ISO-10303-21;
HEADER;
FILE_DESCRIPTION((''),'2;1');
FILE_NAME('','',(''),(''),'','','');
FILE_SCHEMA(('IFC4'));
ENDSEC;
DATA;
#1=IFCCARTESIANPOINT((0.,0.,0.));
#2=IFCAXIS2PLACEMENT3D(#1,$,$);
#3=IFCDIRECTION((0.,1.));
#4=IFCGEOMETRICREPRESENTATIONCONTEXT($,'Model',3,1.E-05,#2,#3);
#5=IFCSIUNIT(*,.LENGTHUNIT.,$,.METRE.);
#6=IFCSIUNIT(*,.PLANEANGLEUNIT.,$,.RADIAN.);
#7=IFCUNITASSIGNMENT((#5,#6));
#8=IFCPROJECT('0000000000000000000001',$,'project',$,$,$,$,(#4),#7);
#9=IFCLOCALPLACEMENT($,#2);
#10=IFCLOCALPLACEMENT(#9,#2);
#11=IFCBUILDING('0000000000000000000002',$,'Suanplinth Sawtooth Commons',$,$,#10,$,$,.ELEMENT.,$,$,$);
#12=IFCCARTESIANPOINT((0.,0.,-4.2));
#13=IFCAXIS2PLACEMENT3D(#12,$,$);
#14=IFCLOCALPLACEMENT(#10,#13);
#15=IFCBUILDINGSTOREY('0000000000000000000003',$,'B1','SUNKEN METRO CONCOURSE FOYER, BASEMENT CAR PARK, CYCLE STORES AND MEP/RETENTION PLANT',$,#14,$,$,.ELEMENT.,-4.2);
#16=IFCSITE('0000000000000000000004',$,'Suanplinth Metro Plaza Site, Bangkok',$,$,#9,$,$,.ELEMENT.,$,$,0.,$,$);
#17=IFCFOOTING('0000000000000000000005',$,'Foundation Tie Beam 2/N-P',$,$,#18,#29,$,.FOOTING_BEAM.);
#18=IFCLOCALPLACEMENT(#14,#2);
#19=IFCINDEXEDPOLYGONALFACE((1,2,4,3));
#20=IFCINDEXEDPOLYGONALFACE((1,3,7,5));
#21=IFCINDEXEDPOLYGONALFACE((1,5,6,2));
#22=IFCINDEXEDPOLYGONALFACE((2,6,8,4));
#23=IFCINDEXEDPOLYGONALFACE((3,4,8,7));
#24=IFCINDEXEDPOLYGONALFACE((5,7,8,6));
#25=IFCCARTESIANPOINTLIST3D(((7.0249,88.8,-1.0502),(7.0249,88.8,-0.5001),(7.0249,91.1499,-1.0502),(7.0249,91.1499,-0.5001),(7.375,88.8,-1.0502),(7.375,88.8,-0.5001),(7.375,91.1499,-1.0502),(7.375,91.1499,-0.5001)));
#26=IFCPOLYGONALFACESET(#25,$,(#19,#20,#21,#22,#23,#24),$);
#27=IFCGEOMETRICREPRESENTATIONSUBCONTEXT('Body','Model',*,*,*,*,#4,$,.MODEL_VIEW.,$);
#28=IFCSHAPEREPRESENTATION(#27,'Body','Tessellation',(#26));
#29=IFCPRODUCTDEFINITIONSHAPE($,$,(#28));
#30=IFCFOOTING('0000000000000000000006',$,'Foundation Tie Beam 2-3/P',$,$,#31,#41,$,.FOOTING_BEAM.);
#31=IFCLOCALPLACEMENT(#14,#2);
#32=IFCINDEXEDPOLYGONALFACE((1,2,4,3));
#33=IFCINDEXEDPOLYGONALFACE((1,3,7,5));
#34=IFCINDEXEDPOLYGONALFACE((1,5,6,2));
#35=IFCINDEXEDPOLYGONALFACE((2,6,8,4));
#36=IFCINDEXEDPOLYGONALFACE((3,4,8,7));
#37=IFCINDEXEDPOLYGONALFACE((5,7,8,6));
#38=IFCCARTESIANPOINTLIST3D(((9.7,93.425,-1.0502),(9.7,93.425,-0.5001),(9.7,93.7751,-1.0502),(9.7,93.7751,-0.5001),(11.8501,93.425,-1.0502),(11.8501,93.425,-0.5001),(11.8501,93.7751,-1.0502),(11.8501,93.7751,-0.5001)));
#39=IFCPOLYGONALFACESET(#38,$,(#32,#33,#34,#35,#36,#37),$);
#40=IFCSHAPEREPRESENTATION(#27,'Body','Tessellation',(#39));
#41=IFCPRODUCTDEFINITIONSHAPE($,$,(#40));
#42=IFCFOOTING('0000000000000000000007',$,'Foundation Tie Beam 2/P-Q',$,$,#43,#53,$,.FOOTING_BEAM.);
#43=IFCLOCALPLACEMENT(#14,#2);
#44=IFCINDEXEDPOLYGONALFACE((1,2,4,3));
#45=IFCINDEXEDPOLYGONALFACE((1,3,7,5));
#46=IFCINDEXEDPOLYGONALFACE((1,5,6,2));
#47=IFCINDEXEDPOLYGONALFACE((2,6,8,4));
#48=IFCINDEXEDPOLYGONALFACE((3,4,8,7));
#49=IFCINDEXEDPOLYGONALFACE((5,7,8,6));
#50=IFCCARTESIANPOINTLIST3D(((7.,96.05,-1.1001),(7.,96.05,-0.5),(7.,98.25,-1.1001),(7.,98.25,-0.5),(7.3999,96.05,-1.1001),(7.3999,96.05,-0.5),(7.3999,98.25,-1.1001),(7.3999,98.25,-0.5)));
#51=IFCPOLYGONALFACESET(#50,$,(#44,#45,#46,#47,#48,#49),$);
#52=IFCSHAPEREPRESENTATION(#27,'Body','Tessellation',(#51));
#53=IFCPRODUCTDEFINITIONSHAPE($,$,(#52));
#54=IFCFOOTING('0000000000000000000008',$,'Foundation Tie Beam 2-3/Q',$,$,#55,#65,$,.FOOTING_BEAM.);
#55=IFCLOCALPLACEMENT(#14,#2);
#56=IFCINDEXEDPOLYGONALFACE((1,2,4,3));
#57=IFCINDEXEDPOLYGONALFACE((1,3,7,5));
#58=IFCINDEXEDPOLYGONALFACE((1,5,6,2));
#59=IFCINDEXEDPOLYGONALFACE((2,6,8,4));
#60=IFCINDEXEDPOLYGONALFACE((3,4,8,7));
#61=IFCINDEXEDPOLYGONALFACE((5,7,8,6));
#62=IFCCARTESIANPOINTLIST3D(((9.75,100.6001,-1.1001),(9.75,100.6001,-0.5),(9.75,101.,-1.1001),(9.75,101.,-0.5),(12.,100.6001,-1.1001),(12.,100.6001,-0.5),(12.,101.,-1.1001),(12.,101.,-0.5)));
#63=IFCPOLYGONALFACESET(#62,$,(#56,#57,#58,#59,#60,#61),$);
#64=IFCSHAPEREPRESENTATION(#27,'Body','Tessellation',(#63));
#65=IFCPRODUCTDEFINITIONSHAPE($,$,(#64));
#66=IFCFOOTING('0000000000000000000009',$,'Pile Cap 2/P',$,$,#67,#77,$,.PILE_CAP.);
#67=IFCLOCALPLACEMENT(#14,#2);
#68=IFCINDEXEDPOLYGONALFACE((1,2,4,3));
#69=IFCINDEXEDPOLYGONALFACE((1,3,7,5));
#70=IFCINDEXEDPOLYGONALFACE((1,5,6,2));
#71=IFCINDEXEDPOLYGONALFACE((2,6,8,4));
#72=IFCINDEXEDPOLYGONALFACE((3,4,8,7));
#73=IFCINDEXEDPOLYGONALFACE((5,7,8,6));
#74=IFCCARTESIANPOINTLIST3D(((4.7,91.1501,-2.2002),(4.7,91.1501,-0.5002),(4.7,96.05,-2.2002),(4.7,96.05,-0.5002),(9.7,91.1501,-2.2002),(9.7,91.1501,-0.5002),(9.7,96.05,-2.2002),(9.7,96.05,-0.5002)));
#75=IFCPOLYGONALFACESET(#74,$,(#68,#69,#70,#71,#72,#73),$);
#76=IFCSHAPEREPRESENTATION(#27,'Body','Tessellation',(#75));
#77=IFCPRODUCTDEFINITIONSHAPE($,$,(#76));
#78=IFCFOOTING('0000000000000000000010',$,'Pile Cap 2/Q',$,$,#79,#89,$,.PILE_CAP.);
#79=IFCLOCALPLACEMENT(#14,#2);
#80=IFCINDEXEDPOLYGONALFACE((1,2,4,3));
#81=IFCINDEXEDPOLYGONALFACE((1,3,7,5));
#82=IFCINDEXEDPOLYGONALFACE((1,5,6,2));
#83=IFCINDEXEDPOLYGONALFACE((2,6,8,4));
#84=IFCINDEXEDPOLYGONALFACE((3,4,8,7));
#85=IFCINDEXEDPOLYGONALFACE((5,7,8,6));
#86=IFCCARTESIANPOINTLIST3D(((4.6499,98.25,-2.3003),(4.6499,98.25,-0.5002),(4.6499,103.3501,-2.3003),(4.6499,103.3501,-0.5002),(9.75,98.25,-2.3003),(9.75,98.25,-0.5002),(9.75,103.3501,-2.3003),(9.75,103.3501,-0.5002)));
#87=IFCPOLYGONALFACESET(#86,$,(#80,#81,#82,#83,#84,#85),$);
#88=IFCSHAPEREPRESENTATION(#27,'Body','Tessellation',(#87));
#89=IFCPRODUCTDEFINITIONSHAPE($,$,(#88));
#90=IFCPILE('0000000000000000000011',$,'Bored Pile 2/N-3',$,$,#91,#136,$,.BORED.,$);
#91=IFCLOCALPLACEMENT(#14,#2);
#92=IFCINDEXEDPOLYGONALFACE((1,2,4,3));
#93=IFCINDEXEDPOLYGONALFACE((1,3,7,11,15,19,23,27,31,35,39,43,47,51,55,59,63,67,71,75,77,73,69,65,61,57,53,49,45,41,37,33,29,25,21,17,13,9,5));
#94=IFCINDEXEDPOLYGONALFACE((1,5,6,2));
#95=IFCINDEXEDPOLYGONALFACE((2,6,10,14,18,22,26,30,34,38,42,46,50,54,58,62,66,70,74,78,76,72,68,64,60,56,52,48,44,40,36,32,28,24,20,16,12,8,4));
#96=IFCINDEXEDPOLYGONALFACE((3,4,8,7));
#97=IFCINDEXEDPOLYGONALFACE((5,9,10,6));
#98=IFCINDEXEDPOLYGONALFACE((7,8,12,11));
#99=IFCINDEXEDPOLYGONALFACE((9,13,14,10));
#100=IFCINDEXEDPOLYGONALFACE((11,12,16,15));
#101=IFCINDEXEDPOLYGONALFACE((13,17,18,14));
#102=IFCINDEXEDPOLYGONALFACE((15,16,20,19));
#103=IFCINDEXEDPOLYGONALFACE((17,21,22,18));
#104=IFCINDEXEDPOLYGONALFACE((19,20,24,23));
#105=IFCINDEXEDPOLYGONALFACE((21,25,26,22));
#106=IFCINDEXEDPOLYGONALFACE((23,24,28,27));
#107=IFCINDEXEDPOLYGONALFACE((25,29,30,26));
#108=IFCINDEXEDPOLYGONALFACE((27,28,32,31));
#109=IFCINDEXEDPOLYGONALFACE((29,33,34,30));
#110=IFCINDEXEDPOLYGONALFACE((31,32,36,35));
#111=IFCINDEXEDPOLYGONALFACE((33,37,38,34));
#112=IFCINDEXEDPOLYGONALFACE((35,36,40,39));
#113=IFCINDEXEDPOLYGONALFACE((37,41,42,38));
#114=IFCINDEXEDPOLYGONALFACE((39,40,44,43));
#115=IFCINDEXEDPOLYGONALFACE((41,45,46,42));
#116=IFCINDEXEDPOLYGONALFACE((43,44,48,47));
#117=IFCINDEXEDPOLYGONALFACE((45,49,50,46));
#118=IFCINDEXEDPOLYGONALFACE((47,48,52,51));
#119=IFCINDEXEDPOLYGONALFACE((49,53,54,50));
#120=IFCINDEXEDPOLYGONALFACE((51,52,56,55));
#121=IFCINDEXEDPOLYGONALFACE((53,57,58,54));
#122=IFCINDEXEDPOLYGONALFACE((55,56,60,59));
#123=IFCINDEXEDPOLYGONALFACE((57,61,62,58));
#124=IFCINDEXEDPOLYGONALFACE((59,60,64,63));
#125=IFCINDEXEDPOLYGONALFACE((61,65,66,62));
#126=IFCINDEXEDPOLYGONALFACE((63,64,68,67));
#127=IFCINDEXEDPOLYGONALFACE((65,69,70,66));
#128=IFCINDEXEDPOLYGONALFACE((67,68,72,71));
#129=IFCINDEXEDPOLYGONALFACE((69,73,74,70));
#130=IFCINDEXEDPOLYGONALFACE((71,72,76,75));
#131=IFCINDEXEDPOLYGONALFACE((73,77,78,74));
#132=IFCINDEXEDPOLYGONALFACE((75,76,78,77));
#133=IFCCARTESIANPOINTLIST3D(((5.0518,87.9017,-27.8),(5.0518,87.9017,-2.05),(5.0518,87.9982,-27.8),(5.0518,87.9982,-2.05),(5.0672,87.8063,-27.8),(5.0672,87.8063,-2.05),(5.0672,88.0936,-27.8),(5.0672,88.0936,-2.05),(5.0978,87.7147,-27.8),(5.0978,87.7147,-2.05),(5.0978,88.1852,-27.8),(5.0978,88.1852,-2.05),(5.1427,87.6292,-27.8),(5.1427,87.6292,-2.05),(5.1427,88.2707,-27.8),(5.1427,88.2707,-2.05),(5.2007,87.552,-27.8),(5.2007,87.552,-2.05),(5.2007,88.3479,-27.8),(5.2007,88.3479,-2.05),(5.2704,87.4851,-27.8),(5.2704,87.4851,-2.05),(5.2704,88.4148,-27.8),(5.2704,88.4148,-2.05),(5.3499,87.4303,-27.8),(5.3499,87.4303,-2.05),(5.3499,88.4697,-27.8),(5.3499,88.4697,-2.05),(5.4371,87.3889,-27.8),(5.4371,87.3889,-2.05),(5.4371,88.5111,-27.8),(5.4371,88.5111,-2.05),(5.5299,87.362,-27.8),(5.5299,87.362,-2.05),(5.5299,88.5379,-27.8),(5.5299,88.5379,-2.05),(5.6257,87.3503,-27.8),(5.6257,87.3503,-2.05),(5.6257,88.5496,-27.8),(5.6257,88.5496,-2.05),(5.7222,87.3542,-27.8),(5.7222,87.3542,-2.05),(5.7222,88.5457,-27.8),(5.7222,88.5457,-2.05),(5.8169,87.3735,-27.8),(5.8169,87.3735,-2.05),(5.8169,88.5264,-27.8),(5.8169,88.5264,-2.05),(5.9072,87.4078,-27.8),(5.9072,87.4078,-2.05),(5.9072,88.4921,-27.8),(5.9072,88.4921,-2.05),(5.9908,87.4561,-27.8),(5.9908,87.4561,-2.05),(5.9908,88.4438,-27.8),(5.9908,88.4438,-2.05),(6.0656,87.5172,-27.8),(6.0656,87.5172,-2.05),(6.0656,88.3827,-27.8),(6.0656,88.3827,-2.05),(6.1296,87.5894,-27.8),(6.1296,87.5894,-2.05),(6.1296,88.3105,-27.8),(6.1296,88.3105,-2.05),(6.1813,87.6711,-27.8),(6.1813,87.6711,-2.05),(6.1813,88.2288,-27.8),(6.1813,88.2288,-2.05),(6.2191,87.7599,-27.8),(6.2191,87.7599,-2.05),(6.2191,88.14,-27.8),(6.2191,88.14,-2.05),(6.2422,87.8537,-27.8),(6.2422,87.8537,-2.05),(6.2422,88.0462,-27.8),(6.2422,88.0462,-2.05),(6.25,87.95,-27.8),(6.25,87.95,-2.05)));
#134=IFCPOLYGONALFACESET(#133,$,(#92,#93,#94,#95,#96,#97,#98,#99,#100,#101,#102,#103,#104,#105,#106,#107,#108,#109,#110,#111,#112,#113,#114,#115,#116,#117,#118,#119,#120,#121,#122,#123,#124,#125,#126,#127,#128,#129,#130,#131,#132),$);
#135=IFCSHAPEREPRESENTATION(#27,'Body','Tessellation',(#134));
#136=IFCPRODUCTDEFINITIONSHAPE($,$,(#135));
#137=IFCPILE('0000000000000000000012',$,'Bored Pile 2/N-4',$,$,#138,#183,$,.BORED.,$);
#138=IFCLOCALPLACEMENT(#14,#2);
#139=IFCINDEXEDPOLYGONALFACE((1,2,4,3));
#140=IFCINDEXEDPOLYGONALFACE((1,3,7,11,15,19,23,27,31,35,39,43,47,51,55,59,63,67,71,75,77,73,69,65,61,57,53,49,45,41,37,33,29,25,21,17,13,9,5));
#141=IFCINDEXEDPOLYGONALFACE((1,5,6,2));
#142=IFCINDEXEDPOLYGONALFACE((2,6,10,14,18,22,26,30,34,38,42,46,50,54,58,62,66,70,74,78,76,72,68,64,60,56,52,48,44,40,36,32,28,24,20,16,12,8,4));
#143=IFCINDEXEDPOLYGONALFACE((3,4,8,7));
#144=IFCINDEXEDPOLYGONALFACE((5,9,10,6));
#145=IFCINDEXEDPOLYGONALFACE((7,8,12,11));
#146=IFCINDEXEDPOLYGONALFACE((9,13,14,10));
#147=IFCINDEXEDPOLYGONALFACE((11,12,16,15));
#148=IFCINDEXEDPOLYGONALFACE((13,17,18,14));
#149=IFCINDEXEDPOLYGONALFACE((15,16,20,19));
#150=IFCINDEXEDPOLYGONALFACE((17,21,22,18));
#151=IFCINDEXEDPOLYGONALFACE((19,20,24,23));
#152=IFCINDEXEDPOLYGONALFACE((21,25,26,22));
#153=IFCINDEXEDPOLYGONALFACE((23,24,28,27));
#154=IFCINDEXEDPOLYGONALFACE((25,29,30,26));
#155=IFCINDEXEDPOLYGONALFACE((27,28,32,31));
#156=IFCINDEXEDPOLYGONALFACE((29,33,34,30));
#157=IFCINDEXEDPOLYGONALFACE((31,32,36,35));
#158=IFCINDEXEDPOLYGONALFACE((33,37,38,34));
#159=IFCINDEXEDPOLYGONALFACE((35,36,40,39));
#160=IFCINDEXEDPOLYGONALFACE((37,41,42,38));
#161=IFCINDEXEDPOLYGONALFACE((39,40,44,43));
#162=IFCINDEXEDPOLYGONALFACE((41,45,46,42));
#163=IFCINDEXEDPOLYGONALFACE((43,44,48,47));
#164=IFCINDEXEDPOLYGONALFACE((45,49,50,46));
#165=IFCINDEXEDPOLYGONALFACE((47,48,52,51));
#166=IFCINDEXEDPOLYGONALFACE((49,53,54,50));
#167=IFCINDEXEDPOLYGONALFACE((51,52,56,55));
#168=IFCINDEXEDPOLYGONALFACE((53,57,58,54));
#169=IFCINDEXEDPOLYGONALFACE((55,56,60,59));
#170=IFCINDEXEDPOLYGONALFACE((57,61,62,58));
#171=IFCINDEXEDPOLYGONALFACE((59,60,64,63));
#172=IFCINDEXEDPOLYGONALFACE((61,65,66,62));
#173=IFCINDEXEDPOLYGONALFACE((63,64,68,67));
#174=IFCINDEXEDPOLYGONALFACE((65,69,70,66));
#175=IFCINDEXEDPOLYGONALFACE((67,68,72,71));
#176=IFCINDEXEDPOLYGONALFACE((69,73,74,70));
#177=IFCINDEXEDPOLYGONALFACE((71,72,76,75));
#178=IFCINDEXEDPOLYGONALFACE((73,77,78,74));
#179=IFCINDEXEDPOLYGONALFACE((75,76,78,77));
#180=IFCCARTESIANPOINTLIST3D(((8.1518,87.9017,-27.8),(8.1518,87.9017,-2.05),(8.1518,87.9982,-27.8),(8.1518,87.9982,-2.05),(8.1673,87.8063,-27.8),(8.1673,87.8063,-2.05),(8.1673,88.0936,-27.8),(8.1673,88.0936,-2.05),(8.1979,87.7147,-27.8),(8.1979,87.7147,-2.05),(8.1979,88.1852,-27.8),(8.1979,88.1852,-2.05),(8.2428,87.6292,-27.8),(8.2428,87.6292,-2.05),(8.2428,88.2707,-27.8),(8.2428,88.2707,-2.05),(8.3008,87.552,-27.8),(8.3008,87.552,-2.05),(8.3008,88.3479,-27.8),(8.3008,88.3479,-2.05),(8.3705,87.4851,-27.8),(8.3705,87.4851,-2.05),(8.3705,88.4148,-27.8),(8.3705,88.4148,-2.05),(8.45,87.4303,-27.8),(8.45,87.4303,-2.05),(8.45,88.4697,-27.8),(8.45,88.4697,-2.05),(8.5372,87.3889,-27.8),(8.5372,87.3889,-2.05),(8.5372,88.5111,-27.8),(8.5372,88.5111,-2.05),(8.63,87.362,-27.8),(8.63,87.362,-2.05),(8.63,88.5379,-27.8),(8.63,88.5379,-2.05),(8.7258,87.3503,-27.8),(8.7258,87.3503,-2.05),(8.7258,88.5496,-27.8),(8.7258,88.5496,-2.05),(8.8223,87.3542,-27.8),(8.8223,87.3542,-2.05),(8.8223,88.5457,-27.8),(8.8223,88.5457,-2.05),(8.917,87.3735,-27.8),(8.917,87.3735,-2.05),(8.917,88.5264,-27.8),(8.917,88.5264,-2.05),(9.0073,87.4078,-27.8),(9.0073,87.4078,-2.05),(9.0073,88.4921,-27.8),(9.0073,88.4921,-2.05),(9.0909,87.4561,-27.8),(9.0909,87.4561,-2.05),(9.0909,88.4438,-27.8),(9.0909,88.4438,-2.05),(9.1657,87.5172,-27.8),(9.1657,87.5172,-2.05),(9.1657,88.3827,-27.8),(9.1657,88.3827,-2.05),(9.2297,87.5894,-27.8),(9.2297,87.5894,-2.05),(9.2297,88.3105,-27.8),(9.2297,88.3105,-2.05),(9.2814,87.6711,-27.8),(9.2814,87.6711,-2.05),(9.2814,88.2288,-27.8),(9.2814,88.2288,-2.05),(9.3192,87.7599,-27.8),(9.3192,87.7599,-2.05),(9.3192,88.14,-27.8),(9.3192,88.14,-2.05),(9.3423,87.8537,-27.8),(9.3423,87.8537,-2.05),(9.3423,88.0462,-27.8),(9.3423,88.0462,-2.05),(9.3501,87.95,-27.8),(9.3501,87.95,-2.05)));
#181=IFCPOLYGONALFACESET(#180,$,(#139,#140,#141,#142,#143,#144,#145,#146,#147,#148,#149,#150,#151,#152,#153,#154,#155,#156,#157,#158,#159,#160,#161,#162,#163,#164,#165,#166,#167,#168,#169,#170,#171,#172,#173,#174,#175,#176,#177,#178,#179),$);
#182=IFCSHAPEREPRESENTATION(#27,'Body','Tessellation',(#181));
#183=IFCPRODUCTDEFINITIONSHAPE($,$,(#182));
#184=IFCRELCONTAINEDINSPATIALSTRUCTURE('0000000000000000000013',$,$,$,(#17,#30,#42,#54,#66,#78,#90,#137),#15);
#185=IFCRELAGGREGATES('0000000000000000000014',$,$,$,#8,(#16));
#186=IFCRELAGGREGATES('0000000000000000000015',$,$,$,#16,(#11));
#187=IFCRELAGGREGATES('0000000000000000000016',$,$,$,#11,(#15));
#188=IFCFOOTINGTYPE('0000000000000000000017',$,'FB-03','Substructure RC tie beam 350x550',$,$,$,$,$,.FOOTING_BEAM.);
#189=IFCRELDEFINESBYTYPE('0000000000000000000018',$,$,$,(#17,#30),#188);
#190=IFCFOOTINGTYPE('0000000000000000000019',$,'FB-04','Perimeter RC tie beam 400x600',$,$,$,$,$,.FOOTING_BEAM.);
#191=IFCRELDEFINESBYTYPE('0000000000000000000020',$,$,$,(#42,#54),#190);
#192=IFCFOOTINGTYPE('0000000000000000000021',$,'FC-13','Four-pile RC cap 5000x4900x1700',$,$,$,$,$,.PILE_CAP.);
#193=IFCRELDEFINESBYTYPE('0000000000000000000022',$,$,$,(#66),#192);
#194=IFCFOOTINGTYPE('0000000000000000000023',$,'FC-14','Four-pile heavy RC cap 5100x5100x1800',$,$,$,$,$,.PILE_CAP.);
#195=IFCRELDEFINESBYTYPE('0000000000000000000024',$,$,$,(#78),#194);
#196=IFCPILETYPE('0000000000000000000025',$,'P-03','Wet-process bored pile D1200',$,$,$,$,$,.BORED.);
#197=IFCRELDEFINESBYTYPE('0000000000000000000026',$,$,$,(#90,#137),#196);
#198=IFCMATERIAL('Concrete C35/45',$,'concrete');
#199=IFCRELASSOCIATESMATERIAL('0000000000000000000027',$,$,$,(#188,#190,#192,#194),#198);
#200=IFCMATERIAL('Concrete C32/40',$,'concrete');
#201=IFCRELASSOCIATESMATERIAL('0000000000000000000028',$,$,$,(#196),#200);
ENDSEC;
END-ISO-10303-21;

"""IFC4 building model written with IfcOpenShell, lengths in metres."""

from ifc_helpers import new_model, si_unit, direction, frame, origin, origin_2d, place, context, subcontext, project, spatial, rectangle, circle, extrude, material, material_profile, profile_set, type_object, element, save


model = new_model("IFC4")

# Units and contexts
model_context = context("Model", 3, precision=1e-05, world=origin(), true_north=direction((0.0, 1.0)))
body_context = subcontext(model_context, "Body", "Model", "MODEL_VIEW")
ifc_project = project(units=[si_unit("LENGTHUNIT", "METRE"), si_unit("PLANEANGLEUNIT", "RADIAN")], contexts=[model_context])

# Site, building, storey
site_placement = place(None, origin())
site = spatial("IfcSite", under=ifc_project, at=site_placement, Name="Suanplinth Metro Plaza Site, Bangkok", CompositionType="ELEMENT", RefElevation=0.0)
building_placement = place(site_placement, origin())
building = spatial("IfcBuilding", under=site, at=building_placement, Name="Suanplinth Sawtooth Commons", CompositionType="ELEMENT")
storey_placement = place(building_placement, frame((0.0, 0.0, -4.2)))
storey = spatial("IfcBuildingStorey", under=building, at=storey_placement, Name="B1", Description="SUNKEN METRO CONCOURSE FOYER, BASEMENT CAR PARK, CYCLE STORES AND MEP/RETENTION PLANT", CompositionType="ELEMENT", Elevation=-4.2)

# Footings
ifc_material_1 = material(Name="Concrete C35/45", Category="concrete")
ifc_material_profile_1 = material_profile(ifc_material_1, rectangle(XDim=0.3501, YDim=0.55, at=origin_2d()), Name="PC-BM 350x550")
ifc_profile_set_1 = profile_set([ifc_material_profile_1], Name="Concrete C35/45")
footing_type_1 = type_object("IfcFootingType", Name="FB-03", Description="Substructure RC tie beam 350x550", PredefinedType="FOOTING_BEAM", material=ifc_profile_set_1)
footing_1_placement = place(storey_placement, frame((7.2, 88.8, -0.7751), z_axis=(0.0, 1.0, 0.0), x_axis=(-1.0, 0.0, 0.0)))
element("IfcFooting", 1, at=footing_1_placement, inside=storey, type_object=footing_type_1, Name="Foundation Tie Beam 2/N-P", PredefinedType="FOOTING_BEAM", context=body_context, shape_type="SweptSolid", body=[
    extrude(rectangle(XDim=0.3501, YDim=0.55, at=origin_2d()), origin(), (0.0, 0.0, 1.0), 2.3499),
])
footing_2_placement = place(storey_placement, frame((9.7, 93.6001, -0.7751), z_axis=(1.0, 0.0, 0.0), x_axis=(0.0, 1.0, 0.0)))
element("IfcFooting", 2, at=footing_2_placement, inside=storey, type_object=footing_type_1, Name="Foundation Tie Beam 2-3/P", PredefinedType="FOOTING_BEAM", context=body_context, shape_type="SweptSolid", body=[
    extrude(rectangle(XDim=0.3501, YDim=0.55, at=origin_2d()), origin(), (0.0, 0.0, 1.0), 2.1501),
])
ifc_material_profile_2 = material_profile(ifc_material_1, rectangle(XDim=0.3999, YDim=0.6001, at=origin_2d()), Name="PC-GDR 400x600")
ifc_profile_set_2 = profile_set([ifc_material_profile_2], Name="Concrete C35/45")
footing_type_2 = type_object("IfcFootingType", Name="FB-04", Description="Perimeter RC tie beam 400x600", PredefinedType="FOOTING_BEAM", material=ifc_profile_set_2)
footing_3_placement = place(storey_placement, frame((7.2, 96.05, -0.8), z_axis=(0.0, 1.0, 0.0), x_axis=(-1.0, 0.0, 0.0)))
element("IfcFooting", 3, at=footing_3_placement, inside=storey, type_object=footing_type_2, Name="Foundation Tie Beam 2/P-Q", PredefinedType="FOOTING_BEAM", context=body_context, shape_type="SweptSolid", body=[
    extrude(rectangle(XDim=0.3999, YDim=0.6001, at=origin_2d()), origin(), (0.0, 0.0, 1.0), 2.2),
])
footing_4_placement = place(storey_placement, frame((9.75, 100.8, -0.8), z_axis=(1.0, 0.0, 0.0), x_axis=(0.0, 1.0, 0.0)))
element("IfcFooting", 4, at=footing_4_placement, inside=storey, type_object=footing_type_2, Name="Foundation Tie Beam 2-3/Q", PredefinedType="FOOTING_BEAM", context=body_context, shape_type="SweptSolid", body=[
    extrude(rectangle(XDim=0.3999, YDim=0.6001, at=origin_2d()), origin(), (0.0, 0.0, 1.0), 2.25),
])
footing_type_3 = type_object("IfcFootingType", Name="FC-13", Description="Four-pile RC cap 5000x4900x1700", PredefinedType="PILE_CAP", material=ifc_material_1)
footing_5_placement = place(storey_placement, frame((7.2, 93.6001, -2.2002), z_axis=(0.0, 0.0, 1.0), x_axis=(1.0, 0.0, 0.0)))
element("IfcFooting", 5, at=footing_5_placement, inside=storey, type_object=footing_type_3, Name="Pile Cap 2/P", PredefinedType="PILE_CAP", context=body_context, shape_type="SweptSolid", body=[
    extrude(rectangle(XDim=5.0, YDim=4.8999, at=origin_2d()), origin(), (0.0, 0.0, 1.0), 1.7),
])
footing_type_4 = type_object("IfcFootingType", Name="FC-14", Description="Four-pile heavy RC cap 5100x5100x1800", PredefinedType="PILE_CAP", material=ifc_material_1)
footing_6_placement = place(storey_placement, frame((7.2, 100.8, -2.3003), z_axis=(0.0, 0.0, 1.0), x_axis=(1.0, 0.0, 0.0)))
element("IfcFooting", 6, at=footing_6_placement, inside=storey, type_object=footing_type_4, Name="Pile Cap 2/Q", PredefinedType="PILE_CAP", context=body_context, shape_type="SweptSolid", body=[
    extrude(rectangle(XDim=5.1001, YDim=5.1001, at=origin_2d()), origin(), (0.0, 0.0, 1.0), 1.8),
])

# Piles
ifc_material_2 = material(Name="Concrete C32/40", Category="concrete")
ifc_material_profile_3 = material_profile(ifc_material_2, circle(Radius=0.6001, at=origin_2d()), Name="PILE D1200")
ifc_profile_set_3 = profile_set([ifc_material_profile_3], Name="Concrete C32/40")
pile_type = type_object("IfcPileType", Name="P-03", Description="Wet-process bored pile D1200", PredefinedType="BORED", material=ifc_profile_set_3)
for number, where, z_axis, x_axis, name in (
    (7, (5.6499, 87.95, -2.05), (0.0, 0.0, -1.0), (1.0, 0.0, 0.0), "Bored Pile 2/N-3"),
    (8, (8.75, 87.95, -2.05), (0.0, 0.0, -1.0), (1.0, 0.0, 0.0), "Bored Pile 2/N-4"),
):
    element("IfcPile", number, at=place(storey_placement, frame(where, z_axis=z_axis, x_axis=x_axis)), inside=storey, type_object=pile_type, Name=name, PredefinedType="BORED", context=body_context, shape_type="SweptSolid", body=[
        extrude(circle(Radius=0.6001, at=origin_2d()), origin(), (0.0, 0.0, 1.0), 25.75),
    ])

save(model, "model.ifc")
